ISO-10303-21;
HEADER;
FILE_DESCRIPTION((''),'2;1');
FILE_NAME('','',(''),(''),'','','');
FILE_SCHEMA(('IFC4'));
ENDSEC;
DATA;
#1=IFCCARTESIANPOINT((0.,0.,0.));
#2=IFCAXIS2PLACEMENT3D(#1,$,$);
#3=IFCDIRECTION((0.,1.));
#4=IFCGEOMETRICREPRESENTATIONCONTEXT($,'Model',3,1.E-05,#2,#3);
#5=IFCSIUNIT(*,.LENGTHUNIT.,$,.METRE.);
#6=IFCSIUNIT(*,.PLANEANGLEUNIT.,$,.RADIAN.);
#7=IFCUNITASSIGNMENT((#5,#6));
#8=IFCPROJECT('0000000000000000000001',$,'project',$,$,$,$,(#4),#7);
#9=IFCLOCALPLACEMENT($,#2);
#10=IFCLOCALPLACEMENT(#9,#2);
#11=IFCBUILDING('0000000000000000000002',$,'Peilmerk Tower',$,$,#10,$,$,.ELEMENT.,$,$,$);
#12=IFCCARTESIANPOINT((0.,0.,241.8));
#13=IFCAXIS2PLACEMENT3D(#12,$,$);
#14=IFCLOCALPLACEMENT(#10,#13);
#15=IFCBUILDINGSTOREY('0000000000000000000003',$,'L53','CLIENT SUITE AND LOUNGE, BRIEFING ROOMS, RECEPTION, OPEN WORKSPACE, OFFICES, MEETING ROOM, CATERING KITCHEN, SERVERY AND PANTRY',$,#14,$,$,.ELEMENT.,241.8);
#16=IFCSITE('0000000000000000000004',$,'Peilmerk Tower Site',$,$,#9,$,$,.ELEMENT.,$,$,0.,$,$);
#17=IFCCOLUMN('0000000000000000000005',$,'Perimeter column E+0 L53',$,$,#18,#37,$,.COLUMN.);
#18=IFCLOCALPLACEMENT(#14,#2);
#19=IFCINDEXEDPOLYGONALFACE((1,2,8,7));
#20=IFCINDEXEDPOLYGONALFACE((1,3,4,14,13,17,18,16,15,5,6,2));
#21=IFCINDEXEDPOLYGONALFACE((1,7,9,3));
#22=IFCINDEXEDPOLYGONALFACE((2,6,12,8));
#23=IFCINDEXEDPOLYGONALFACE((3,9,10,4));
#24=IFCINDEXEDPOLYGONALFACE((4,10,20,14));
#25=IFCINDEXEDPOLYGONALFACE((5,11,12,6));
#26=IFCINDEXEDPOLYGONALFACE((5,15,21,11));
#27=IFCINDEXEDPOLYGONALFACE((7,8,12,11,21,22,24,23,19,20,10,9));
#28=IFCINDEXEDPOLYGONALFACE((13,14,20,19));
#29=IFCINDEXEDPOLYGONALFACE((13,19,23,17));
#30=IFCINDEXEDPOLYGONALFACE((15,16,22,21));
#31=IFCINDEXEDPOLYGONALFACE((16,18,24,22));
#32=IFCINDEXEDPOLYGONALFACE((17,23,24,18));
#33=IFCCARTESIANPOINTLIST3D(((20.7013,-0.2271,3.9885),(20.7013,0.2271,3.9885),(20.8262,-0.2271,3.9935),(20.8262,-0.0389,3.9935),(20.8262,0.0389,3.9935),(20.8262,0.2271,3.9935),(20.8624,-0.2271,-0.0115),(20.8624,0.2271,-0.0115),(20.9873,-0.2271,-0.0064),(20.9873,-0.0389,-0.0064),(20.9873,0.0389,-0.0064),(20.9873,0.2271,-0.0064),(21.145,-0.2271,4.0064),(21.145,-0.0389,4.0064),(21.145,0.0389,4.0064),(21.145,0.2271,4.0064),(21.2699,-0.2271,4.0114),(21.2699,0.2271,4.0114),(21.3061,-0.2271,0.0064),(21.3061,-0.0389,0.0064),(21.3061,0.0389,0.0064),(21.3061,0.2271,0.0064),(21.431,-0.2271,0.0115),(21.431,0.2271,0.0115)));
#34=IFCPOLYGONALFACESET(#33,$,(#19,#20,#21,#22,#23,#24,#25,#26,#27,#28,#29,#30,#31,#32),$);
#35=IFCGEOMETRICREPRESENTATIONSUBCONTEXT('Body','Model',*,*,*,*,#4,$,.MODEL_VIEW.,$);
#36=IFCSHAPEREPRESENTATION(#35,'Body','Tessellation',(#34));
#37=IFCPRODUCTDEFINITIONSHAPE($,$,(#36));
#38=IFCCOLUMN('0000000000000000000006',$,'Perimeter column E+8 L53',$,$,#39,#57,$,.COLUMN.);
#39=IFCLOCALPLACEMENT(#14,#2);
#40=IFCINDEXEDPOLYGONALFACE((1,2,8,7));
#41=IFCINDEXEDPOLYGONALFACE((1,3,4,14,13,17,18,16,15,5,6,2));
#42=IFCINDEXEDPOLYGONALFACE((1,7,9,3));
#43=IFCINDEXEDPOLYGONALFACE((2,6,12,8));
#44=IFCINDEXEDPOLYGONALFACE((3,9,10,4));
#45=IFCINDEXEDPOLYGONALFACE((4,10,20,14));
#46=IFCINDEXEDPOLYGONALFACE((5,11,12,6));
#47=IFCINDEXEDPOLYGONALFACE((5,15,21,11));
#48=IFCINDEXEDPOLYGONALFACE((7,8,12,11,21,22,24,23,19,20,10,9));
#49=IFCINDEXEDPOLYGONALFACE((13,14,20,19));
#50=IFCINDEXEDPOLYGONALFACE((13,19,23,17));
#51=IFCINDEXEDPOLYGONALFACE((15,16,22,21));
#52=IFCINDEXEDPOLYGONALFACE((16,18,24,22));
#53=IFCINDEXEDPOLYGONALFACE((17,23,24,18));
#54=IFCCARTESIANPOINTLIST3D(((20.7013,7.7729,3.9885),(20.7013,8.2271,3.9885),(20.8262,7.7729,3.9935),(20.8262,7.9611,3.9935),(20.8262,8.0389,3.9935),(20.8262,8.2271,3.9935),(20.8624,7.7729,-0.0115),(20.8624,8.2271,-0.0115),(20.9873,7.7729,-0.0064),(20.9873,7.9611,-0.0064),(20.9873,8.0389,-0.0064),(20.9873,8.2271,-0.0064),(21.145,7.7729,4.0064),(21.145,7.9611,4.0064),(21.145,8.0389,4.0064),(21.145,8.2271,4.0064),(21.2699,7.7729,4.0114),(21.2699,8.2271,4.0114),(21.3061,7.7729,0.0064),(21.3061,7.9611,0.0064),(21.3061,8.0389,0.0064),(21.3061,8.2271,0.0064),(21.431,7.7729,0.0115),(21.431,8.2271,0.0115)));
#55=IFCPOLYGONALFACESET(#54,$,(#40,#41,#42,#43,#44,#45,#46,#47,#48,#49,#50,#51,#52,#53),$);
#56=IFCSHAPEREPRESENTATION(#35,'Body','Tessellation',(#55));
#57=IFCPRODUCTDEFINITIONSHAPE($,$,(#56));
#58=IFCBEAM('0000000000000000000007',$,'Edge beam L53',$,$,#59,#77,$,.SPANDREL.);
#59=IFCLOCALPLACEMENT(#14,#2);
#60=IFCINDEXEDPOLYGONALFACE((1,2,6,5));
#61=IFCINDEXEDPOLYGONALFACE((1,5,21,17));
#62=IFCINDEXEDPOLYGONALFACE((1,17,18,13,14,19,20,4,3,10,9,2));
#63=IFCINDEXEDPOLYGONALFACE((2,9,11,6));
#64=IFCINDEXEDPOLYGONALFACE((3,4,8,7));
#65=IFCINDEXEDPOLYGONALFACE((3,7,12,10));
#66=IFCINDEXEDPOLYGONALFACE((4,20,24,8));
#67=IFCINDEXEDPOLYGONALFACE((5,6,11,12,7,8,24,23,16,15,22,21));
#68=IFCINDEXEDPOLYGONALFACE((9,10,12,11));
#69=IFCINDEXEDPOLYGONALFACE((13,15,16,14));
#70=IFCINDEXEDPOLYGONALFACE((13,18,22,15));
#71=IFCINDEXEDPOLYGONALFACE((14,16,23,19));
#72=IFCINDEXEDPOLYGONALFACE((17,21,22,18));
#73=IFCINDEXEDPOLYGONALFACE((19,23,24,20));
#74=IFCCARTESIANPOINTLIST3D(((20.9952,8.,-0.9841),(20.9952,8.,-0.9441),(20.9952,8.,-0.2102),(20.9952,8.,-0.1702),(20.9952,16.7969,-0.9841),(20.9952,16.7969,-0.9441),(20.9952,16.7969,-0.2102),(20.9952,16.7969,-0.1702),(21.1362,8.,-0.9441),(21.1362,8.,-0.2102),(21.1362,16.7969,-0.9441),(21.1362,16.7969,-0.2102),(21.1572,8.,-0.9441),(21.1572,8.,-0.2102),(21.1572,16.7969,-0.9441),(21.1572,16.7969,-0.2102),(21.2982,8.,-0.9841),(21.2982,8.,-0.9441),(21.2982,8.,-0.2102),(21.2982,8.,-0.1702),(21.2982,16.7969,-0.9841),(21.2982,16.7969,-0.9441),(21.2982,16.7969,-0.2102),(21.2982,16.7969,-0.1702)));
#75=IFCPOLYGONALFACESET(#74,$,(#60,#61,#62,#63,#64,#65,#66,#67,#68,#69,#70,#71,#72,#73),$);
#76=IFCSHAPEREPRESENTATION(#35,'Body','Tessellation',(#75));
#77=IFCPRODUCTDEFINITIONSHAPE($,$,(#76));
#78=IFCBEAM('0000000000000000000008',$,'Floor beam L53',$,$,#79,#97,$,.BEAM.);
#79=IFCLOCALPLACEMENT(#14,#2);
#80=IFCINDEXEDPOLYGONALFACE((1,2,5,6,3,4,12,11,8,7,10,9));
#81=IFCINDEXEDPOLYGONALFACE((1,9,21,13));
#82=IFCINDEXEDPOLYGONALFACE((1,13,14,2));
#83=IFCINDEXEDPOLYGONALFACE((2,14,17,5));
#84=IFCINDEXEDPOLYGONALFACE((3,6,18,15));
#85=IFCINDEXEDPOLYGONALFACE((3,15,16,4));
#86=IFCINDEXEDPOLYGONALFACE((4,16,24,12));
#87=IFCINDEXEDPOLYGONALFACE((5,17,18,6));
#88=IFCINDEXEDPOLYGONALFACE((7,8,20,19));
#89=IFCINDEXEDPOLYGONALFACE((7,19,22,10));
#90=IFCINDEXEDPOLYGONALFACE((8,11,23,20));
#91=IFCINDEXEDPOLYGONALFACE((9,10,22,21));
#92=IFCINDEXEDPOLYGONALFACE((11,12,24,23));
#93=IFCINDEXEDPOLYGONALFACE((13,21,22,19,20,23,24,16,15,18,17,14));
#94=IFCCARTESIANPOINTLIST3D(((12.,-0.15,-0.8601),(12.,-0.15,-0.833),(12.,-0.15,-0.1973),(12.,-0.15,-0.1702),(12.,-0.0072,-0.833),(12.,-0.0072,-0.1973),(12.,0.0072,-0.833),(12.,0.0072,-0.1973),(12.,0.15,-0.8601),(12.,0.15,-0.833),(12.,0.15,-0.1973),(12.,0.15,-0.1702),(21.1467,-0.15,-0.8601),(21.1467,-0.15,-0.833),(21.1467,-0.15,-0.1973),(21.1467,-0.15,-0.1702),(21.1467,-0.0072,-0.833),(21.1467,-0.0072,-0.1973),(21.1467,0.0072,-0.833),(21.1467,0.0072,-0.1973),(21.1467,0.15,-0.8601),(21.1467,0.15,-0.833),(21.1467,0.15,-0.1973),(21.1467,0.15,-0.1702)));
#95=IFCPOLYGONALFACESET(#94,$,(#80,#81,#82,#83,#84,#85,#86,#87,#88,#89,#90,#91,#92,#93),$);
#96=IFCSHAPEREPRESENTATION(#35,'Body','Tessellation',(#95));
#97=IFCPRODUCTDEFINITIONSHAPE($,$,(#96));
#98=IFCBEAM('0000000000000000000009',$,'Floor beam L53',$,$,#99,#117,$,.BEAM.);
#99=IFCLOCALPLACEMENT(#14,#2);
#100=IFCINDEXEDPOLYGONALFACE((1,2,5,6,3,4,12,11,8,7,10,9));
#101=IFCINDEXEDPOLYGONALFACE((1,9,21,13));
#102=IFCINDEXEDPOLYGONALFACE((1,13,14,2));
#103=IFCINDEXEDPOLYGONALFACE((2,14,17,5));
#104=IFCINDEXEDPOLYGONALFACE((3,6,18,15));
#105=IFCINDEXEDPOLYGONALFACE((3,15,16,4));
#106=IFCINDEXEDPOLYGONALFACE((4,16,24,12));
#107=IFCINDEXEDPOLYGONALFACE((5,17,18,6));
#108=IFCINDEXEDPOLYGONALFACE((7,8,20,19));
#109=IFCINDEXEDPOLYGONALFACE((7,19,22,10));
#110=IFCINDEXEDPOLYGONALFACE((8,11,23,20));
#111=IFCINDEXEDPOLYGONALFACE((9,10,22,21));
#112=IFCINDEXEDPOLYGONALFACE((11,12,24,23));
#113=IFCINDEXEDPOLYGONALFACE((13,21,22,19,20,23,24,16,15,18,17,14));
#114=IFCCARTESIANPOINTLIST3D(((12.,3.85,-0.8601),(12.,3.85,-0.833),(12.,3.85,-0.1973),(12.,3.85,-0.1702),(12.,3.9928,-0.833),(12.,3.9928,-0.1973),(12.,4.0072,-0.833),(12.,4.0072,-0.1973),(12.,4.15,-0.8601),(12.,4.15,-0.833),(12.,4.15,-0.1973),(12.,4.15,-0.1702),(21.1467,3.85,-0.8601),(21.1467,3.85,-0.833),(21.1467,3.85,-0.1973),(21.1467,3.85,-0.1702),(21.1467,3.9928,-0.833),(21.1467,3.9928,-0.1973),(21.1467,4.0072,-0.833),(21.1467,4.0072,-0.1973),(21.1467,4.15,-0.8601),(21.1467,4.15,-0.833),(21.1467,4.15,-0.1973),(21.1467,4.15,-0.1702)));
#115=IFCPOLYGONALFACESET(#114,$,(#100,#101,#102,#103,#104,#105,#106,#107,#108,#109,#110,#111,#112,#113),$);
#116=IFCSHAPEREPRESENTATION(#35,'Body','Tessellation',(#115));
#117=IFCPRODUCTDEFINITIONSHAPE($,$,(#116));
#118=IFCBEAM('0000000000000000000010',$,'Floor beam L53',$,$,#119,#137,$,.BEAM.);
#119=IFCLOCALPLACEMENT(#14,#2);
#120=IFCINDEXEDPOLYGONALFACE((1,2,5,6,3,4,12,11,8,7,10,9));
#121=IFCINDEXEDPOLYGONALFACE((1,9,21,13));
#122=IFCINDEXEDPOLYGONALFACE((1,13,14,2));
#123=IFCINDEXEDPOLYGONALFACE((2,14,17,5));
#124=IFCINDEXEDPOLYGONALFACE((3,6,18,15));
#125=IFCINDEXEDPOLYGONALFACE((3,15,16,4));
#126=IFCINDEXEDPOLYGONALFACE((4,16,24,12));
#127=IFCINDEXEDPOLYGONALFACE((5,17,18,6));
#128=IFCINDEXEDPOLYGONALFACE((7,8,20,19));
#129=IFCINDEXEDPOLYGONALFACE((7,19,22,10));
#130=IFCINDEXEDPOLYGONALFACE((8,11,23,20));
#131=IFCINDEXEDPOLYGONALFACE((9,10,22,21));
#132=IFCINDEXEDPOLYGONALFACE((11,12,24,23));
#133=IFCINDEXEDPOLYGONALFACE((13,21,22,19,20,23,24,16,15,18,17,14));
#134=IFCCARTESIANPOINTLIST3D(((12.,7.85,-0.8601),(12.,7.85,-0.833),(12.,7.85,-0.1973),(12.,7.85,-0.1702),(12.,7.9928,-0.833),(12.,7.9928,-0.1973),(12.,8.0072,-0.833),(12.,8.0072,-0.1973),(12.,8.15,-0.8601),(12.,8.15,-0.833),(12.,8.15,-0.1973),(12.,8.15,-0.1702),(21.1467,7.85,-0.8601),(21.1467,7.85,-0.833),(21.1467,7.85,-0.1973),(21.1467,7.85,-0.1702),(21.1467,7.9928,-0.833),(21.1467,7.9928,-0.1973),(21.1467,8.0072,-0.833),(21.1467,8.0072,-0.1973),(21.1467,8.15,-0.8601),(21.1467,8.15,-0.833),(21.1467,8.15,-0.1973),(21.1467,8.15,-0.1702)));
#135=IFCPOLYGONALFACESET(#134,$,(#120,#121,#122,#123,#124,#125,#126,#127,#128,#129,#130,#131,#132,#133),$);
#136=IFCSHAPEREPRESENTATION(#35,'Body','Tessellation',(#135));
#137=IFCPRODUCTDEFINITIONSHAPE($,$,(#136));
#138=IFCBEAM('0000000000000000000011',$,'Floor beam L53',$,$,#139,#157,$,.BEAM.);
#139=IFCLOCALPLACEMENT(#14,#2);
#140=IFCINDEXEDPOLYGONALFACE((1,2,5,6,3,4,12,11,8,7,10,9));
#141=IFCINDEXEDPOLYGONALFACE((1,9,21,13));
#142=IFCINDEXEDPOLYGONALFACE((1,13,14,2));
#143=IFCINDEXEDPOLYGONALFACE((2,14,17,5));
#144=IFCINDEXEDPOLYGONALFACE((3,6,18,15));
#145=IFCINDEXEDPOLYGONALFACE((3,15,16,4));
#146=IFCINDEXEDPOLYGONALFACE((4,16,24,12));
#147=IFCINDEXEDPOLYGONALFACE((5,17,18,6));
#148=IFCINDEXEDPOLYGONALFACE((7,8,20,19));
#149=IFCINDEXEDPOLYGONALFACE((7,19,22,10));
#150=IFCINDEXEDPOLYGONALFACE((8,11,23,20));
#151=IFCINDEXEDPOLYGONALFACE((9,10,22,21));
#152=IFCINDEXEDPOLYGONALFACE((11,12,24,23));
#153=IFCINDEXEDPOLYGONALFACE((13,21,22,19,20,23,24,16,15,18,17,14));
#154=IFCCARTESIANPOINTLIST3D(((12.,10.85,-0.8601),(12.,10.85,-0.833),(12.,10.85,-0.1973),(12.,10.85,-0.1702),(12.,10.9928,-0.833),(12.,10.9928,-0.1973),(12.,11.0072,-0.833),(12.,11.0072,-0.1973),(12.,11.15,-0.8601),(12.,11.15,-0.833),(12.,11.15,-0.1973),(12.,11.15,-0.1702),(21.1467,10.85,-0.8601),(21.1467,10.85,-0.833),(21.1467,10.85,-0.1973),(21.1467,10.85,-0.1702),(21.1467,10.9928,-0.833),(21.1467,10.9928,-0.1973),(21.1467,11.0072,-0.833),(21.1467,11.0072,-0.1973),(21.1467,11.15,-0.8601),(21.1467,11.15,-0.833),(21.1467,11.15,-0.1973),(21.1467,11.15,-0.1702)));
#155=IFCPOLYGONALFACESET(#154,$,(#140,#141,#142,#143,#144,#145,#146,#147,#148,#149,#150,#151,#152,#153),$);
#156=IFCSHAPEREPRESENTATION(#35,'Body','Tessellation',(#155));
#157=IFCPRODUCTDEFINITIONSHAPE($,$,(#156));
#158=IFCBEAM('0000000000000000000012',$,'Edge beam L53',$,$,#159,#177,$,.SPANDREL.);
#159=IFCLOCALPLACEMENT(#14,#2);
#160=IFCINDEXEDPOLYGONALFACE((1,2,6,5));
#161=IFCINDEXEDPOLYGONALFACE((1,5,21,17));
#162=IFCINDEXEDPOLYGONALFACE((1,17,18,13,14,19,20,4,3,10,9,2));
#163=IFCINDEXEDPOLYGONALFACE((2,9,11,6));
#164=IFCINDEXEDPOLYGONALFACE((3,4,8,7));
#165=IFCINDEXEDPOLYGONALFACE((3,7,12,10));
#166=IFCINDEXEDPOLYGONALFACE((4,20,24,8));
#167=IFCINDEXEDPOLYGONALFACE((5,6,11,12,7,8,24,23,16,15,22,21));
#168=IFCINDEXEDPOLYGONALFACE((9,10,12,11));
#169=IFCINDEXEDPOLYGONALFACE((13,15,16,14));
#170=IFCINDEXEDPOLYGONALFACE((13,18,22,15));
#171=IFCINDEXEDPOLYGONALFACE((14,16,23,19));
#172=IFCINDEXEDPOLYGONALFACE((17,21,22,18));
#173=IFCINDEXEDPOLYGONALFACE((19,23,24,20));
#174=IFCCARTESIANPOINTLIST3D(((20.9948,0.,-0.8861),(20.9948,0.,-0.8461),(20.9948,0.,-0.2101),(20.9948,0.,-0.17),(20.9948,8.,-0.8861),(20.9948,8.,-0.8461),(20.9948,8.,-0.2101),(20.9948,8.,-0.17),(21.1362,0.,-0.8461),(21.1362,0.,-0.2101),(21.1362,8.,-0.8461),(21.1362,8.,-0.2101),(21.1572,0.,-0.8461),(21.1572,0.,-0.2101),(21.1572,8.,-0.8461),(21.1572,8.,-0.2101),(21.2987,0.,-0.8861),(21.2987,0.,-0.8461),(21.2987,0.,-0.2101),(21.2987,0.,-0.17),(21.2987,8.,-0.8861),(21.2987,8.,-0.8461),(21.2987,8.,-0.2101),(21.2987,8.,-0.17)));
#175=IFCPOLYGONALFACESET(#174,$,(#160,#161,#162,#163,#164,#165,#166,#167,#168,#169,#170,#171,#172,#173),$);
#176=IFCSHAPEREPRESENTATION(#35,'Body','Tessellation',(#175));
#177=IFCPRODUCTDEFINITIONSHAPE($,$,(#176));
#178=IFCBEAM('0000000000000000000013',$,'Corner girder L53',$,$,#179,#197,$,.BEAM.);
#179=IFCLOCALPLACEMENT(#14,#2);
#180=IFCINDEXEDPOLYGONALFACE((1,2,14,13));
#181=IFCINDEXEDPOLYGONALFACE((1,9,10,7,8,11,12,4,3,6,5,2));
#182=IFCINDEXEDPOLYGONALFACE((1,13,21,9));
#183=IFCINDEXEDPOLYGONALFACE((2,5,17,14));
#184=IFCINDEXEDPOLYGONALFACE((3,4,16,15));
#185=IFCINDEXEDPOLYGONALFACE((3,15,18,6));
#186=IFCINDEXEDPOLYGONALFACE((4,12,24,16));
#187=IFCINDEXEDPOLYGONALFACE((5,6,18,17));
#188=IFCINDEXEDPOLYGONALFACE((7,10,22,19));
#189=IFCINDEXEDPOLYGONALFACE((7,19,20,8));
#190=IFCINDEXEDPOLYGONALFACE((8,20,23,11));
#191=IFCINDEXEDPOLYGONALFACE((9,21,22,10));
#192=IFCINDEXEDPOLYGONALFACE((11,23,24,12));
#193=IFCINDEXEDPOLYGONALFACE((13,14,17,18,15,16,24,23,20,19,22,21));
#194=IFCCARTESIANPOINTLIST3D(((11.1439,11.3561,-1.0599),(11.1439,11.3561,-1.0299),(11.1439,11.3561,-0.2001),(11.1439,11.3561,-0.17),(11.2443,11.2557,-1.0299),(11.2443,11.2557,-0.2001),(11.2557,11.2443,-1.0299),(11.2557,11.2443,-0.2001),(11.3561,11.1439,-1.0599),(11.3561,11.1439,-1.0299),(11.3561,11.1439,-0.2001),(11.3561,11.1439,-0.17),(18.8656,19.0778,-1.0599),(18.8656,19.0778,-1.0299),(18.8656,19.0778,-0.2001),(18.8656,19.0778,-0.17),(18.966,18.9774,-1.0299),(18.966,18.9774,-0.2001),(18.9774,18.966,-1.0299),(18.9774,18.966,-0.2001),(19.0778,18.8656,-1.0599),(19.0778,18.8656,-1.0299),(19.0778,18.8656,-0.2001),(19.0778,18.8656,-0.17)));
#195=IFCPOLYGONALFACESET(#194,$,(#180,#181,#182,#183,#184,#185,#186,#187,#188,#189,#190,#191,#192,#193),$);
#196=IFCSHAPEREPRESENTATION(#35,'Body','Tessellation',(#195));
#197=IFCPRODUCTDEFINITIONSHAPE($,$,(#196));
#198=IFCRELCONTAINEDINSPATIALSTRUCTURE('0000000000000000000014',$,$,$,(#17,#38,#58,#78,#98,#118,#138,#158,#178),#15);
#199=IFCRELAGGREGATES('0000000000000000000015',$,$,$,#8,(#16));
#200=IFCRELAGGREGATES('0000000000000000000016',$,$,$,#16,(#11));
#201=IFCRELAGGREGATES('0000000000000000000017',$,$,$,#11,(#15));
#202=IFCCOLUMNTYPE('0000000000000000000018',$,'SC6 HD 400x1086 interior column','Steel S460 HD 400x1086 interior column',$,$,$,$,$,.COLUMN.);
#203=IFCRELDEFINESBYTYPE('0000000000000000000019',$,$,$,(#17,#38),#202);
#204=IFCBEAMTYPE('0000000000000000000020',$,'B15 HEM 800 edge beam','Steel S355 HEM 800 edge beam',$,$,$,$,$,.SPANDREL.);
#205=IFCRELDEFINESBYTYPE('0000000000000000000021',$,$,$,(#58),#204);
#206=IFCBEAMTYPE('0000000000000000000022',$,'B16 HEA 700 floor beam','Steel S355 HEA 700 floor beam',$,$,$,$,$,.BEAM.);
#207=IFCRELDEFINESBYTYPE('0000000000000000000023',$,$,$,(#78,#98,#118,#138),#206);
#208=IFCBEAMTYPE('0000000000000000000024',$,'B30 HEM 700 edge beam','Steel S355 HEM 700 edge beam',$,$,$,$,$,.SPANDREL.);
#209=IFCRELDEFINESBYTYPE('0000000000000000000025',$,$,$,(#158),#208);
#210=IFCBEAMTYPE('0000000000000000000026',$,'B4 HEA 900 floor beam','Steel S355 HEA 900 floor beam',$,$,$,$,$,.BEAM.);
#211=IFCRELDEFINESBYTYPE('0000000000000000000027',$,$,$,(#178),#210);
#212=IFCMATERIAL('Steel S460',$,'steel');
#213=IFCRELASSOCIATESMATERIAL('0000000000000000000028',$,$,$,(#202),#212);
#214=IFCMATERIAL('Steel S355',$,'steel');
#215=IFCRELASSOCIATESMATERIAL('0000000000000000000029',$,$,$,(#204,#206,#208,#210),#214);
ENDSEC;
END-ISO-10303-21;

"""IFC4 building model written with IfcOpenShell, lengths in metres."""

from ifc_helpers import new_model, si_unit, direction, frame, origin, origin_2d, place, context, subcontext, project, spatial, i_section, extrude, material, material_profile, profile_set, type_object, element, save


model = new_model("IFC4")

# Units and contexts
model_context = context("Model", 3, precision=1e-05, world=origin(), true_north=direction((0.0, 1.0)))
body_context = subcontext(model_context, "Body", "Model", "MODEL_VIEW")
ifc_project = project(units=[si_unit("LENGTHUNIT", "METRE"), si_unit("PLANEANGLEUNIT", "RADIAN")], contexts=[model_context])

# Site, building, storey
site_placement = place(None, origin())
site = spatial("IfcSite", under=ifc_project, at=site_placement, Name="Peilmerk Tower Site", CompositionType="ELEMENT", RefElevation=0.0)
building_placement = place(site_placement, origin())
building = spatial("IfcBuilding", under=site, at=building_placement, Name="Peilmerk Tower", CompositionType="ELEMENT")
storey_placement = place(building_placement, frame((0.0, 0.0, 241.8)))
storey = spatial("IfcBuildingStorey", under=building, at=storey_placement, Name="L53", Description="CLIENT SUITE AND LOUNGE, BRIEFING ROOMS, RECEPTION, OPEN WORKSPACE, OFFICES, MEETING ROOM, CATERING KITCHEN, SERVERY AND PANTRY", CompositionType="ELEMENT", Elevation=241.8)

# Columns
ifc_material_1 = material(Name="Steel S460", Category="steel")
ifc_material_profile_1 = material_profile(ifc_material_1, i_section(OverallWidth=0.4541, OverallDepth=0.5691, WebThickness=0.0779, FlangeThickness=0.125, at=origin_2d()), Name="HD 400x1086")
ifc_profile_set_1 = profile_set([ifc_material_profile_1], Name="Steel S460")
column_type = type_object("IfcColumnType", Name="SC6 HD 400x1086 interior column", Description="Steel S460 HD 400x1086 interior column", PredefinedType="COLUMN", material=ifc_profile_set_1)
for number, where, z_axis, x_axis, name in (
    (1, (21.1467, 0.0, 0.0), (-0.040251, 0.0, 0.99919), (0.0, -1.0, 0.0), "Perimeter column E+0 L53"),
    (2, (21.1467, 8.0, 0.0), (-0.040251, 0.0, 0.99919), (0.0, -1.0, 0.0), "Perimeter column E+8 L53"),
):
    element("IfcColumn", number, at=place(storey_placement, frame(where, z_axis=z_axis, x_axis=x_axis)), inside=storey, type_object=column_type, Name=name, PredefinedType="COLUMN", context=body_context, shape_type="SweptSolid", body=[
        extrude(i_section(OverallWidth=0.4541, OverallDepth=0.5691, WebThickness=0.0779, FlangeThickness=0.125, at=origin_2d()), origin(), (0.0, 0.0, 1.0), 4.0032),
    ])

# Beams
ifc_material_2 = material(Name="Steel S355", Category="steel")
ifc_material_profile_2 = material_profile(ifc_material_2, i_section(OverallWidth=0.303, OverallDepth=0.814, WebThickness=0.021, FlangeThickness=0.04, at=origin_2d()), Name="HEM 800")
ifc_profile_set_2 = profile_set([ifc_material_profile_2], Name="Steel S355")
beam_type_1 = type_object("IfcBeamType", Name="B15 HEM 800 edge beam", Description="Steel S355 HEM 800 edge beam", PredefinedType="SPANDREL", material=ifc_profile_set_2)
beam_1_placement = place(storey_placement, frame((21.1467, 8.0, -0.5771), z_axis=(0.0, 1.0, 0.0), x_axis=(-1.0, 0.0, 0.0)))
element("IfcBeam", 3, at=beam_1_placement, inside=storey, type_object=beam_type_1, Name="Edge beam L53", PredefinedType="SPANDREL", context=body_context, shape_type="SweptSolid", body=[
    extrude(i_section(OverallWidth=0.303, OverallDepth=0.814, WebThickness=0.021, FlangeThickness=0.04, at=origin_2d()), origin(), (0.0, 0.0, 1.0), 8.7969),
])
ifc_material_profile_3 = material_profile(ifc_material_2, i_section(OverallWidth=0.3, OverallDepth=0.6899, WebThickness=0.0144, FlangeThickness=0.0271, at=origin_2d()), Name="HEA 700")
ifc_profile_set_3 = profile_set([ifc_material_profile_3], Name="Steel S355")
beam_type_2 = type_object("IfcBeamType", Name="B16 HEA 700 floor beam", Description="Steel S355 HEA 700 floor beam", PredefinedType="BEAM", material=ifc_profile_set_3)
for number, where, z_axis, x_axis, name in (
    (4, (12.0, 0.0, -0.5151), (1.0, 0.0, 0.0), (0.0, 1.0, 0.0), "Floor beam L53"),
    (5, (12.0, 4.0, -0.5151), (1.0, 0.0, 0.0), (0.0, 1.0, 0.0), "Floor beam L53"),
    (6, (12.0, 8.0, -0.5151), (1.0, 0.0, 0.0), (0.0, 1.0, 0.0), "Floor beam L53"),
    (7, (12.0, 11.0, -0.5151), (1.0, 0.0, 0.0), (0.0, 1.0, 0.0), "Floor beam L53"),
):
    element("IfcBeam", number, at=place(storey_placement, frame(where, z_axis=z_axis, x_axis=x_axis)), inside=storey, type_object=beam_type_2, Name=name, PredefinedType="BEAM", context=body_context, shape_type="SweptSolid", body=[
        extrude(i_section(OverallWidth=0.3, OverallDepth=0.6899, WebThickness=0.0144, FlangeThickness=0.0271, at=origin_2d()), origin(), (0.0, 0.0, 1.0), 9.1467),
    ])
ifc_material_profile_4 = material_profile(ifc_material_2, i_section(OverallWidth=0.304, OverallDepth=0.7161, WebThickness=0.021, FlangeThickness=0.04, at=origin_2d()), Name="HEM 700")
ifc_profile_set_4 = profile_set([ifc_material_profile_4], Name="Steel S355")
beam_type_3 = type_object("IfcBeamType", Name="B30 HEM 700 edge beam", Description="Steel S355 HEM 700 edge beam", PredefinedType="SPANDREL", material=ifc_profile_set_4)
beam_2_placement = place(storey_placement, frame((21.1467, 0.0, -0.5281), z_axis=(0.0, 1.0, 0.0), x_axis=(-1.0, 0.0, 0.0)))
element("IfcBeam", 8, at=beam_2_placement, inside=storey, type_object=beam_type_3, Name="Edge beam L53", PredefinedType="SPANDREL", context=body_context, shape_type="SweptSolid", body=[
    extrude(i_section(OverallWidth=0.304, OverallDepth=0.7161, WebThickness=0.021, FlangeThickness=0.04, at=origin_2d()), origin(), (0.0, 0.0, 1.0), 8.0),
])
ifc_material_profile_5 = material_profile(ifc_material_2, i_section(OverallWidth=0.3, OverallDepth=0.8899, WebThickness=0.0161, FlangeThickness=0.03, at=origin_2d()), Name="HEA 900")
ifc_profile_set_5 = profile_set([ifc_material_profile_5], Name="Steel S355")
beam_type_4 = type_object("IfcBeamType", Name="B4 HEA 900 floor beam", Description="Steel S355 HEA 900 floor beam", PredefinedType="BEAM", material=ifc_profile_set_5)
beam_3_placement = place(storey_placement, frame((11.25, 11.25, -0.615), z_axis=(0.707107, 0.707107, 0.0), x_axis=(-0.707107, 0.707107, 0.0)))
element("IfcBeam", 9, at=beam_3_placement, inside=storey, type_object=beam_type_4, Name="Corner girder L53", PredefinedType="BEAM", context=body_context, shape_type="SweptSolid", body=[
    extrude(i_section(OverallWidth=0.3, OverallDepth=0.8899, WebThickness=0.0161, FlangeThickness=0.03, at=origin_2d()), origin(), (0.0, 0.0, 1.0), 10.9202),
])

save(model, "model.ifc")
